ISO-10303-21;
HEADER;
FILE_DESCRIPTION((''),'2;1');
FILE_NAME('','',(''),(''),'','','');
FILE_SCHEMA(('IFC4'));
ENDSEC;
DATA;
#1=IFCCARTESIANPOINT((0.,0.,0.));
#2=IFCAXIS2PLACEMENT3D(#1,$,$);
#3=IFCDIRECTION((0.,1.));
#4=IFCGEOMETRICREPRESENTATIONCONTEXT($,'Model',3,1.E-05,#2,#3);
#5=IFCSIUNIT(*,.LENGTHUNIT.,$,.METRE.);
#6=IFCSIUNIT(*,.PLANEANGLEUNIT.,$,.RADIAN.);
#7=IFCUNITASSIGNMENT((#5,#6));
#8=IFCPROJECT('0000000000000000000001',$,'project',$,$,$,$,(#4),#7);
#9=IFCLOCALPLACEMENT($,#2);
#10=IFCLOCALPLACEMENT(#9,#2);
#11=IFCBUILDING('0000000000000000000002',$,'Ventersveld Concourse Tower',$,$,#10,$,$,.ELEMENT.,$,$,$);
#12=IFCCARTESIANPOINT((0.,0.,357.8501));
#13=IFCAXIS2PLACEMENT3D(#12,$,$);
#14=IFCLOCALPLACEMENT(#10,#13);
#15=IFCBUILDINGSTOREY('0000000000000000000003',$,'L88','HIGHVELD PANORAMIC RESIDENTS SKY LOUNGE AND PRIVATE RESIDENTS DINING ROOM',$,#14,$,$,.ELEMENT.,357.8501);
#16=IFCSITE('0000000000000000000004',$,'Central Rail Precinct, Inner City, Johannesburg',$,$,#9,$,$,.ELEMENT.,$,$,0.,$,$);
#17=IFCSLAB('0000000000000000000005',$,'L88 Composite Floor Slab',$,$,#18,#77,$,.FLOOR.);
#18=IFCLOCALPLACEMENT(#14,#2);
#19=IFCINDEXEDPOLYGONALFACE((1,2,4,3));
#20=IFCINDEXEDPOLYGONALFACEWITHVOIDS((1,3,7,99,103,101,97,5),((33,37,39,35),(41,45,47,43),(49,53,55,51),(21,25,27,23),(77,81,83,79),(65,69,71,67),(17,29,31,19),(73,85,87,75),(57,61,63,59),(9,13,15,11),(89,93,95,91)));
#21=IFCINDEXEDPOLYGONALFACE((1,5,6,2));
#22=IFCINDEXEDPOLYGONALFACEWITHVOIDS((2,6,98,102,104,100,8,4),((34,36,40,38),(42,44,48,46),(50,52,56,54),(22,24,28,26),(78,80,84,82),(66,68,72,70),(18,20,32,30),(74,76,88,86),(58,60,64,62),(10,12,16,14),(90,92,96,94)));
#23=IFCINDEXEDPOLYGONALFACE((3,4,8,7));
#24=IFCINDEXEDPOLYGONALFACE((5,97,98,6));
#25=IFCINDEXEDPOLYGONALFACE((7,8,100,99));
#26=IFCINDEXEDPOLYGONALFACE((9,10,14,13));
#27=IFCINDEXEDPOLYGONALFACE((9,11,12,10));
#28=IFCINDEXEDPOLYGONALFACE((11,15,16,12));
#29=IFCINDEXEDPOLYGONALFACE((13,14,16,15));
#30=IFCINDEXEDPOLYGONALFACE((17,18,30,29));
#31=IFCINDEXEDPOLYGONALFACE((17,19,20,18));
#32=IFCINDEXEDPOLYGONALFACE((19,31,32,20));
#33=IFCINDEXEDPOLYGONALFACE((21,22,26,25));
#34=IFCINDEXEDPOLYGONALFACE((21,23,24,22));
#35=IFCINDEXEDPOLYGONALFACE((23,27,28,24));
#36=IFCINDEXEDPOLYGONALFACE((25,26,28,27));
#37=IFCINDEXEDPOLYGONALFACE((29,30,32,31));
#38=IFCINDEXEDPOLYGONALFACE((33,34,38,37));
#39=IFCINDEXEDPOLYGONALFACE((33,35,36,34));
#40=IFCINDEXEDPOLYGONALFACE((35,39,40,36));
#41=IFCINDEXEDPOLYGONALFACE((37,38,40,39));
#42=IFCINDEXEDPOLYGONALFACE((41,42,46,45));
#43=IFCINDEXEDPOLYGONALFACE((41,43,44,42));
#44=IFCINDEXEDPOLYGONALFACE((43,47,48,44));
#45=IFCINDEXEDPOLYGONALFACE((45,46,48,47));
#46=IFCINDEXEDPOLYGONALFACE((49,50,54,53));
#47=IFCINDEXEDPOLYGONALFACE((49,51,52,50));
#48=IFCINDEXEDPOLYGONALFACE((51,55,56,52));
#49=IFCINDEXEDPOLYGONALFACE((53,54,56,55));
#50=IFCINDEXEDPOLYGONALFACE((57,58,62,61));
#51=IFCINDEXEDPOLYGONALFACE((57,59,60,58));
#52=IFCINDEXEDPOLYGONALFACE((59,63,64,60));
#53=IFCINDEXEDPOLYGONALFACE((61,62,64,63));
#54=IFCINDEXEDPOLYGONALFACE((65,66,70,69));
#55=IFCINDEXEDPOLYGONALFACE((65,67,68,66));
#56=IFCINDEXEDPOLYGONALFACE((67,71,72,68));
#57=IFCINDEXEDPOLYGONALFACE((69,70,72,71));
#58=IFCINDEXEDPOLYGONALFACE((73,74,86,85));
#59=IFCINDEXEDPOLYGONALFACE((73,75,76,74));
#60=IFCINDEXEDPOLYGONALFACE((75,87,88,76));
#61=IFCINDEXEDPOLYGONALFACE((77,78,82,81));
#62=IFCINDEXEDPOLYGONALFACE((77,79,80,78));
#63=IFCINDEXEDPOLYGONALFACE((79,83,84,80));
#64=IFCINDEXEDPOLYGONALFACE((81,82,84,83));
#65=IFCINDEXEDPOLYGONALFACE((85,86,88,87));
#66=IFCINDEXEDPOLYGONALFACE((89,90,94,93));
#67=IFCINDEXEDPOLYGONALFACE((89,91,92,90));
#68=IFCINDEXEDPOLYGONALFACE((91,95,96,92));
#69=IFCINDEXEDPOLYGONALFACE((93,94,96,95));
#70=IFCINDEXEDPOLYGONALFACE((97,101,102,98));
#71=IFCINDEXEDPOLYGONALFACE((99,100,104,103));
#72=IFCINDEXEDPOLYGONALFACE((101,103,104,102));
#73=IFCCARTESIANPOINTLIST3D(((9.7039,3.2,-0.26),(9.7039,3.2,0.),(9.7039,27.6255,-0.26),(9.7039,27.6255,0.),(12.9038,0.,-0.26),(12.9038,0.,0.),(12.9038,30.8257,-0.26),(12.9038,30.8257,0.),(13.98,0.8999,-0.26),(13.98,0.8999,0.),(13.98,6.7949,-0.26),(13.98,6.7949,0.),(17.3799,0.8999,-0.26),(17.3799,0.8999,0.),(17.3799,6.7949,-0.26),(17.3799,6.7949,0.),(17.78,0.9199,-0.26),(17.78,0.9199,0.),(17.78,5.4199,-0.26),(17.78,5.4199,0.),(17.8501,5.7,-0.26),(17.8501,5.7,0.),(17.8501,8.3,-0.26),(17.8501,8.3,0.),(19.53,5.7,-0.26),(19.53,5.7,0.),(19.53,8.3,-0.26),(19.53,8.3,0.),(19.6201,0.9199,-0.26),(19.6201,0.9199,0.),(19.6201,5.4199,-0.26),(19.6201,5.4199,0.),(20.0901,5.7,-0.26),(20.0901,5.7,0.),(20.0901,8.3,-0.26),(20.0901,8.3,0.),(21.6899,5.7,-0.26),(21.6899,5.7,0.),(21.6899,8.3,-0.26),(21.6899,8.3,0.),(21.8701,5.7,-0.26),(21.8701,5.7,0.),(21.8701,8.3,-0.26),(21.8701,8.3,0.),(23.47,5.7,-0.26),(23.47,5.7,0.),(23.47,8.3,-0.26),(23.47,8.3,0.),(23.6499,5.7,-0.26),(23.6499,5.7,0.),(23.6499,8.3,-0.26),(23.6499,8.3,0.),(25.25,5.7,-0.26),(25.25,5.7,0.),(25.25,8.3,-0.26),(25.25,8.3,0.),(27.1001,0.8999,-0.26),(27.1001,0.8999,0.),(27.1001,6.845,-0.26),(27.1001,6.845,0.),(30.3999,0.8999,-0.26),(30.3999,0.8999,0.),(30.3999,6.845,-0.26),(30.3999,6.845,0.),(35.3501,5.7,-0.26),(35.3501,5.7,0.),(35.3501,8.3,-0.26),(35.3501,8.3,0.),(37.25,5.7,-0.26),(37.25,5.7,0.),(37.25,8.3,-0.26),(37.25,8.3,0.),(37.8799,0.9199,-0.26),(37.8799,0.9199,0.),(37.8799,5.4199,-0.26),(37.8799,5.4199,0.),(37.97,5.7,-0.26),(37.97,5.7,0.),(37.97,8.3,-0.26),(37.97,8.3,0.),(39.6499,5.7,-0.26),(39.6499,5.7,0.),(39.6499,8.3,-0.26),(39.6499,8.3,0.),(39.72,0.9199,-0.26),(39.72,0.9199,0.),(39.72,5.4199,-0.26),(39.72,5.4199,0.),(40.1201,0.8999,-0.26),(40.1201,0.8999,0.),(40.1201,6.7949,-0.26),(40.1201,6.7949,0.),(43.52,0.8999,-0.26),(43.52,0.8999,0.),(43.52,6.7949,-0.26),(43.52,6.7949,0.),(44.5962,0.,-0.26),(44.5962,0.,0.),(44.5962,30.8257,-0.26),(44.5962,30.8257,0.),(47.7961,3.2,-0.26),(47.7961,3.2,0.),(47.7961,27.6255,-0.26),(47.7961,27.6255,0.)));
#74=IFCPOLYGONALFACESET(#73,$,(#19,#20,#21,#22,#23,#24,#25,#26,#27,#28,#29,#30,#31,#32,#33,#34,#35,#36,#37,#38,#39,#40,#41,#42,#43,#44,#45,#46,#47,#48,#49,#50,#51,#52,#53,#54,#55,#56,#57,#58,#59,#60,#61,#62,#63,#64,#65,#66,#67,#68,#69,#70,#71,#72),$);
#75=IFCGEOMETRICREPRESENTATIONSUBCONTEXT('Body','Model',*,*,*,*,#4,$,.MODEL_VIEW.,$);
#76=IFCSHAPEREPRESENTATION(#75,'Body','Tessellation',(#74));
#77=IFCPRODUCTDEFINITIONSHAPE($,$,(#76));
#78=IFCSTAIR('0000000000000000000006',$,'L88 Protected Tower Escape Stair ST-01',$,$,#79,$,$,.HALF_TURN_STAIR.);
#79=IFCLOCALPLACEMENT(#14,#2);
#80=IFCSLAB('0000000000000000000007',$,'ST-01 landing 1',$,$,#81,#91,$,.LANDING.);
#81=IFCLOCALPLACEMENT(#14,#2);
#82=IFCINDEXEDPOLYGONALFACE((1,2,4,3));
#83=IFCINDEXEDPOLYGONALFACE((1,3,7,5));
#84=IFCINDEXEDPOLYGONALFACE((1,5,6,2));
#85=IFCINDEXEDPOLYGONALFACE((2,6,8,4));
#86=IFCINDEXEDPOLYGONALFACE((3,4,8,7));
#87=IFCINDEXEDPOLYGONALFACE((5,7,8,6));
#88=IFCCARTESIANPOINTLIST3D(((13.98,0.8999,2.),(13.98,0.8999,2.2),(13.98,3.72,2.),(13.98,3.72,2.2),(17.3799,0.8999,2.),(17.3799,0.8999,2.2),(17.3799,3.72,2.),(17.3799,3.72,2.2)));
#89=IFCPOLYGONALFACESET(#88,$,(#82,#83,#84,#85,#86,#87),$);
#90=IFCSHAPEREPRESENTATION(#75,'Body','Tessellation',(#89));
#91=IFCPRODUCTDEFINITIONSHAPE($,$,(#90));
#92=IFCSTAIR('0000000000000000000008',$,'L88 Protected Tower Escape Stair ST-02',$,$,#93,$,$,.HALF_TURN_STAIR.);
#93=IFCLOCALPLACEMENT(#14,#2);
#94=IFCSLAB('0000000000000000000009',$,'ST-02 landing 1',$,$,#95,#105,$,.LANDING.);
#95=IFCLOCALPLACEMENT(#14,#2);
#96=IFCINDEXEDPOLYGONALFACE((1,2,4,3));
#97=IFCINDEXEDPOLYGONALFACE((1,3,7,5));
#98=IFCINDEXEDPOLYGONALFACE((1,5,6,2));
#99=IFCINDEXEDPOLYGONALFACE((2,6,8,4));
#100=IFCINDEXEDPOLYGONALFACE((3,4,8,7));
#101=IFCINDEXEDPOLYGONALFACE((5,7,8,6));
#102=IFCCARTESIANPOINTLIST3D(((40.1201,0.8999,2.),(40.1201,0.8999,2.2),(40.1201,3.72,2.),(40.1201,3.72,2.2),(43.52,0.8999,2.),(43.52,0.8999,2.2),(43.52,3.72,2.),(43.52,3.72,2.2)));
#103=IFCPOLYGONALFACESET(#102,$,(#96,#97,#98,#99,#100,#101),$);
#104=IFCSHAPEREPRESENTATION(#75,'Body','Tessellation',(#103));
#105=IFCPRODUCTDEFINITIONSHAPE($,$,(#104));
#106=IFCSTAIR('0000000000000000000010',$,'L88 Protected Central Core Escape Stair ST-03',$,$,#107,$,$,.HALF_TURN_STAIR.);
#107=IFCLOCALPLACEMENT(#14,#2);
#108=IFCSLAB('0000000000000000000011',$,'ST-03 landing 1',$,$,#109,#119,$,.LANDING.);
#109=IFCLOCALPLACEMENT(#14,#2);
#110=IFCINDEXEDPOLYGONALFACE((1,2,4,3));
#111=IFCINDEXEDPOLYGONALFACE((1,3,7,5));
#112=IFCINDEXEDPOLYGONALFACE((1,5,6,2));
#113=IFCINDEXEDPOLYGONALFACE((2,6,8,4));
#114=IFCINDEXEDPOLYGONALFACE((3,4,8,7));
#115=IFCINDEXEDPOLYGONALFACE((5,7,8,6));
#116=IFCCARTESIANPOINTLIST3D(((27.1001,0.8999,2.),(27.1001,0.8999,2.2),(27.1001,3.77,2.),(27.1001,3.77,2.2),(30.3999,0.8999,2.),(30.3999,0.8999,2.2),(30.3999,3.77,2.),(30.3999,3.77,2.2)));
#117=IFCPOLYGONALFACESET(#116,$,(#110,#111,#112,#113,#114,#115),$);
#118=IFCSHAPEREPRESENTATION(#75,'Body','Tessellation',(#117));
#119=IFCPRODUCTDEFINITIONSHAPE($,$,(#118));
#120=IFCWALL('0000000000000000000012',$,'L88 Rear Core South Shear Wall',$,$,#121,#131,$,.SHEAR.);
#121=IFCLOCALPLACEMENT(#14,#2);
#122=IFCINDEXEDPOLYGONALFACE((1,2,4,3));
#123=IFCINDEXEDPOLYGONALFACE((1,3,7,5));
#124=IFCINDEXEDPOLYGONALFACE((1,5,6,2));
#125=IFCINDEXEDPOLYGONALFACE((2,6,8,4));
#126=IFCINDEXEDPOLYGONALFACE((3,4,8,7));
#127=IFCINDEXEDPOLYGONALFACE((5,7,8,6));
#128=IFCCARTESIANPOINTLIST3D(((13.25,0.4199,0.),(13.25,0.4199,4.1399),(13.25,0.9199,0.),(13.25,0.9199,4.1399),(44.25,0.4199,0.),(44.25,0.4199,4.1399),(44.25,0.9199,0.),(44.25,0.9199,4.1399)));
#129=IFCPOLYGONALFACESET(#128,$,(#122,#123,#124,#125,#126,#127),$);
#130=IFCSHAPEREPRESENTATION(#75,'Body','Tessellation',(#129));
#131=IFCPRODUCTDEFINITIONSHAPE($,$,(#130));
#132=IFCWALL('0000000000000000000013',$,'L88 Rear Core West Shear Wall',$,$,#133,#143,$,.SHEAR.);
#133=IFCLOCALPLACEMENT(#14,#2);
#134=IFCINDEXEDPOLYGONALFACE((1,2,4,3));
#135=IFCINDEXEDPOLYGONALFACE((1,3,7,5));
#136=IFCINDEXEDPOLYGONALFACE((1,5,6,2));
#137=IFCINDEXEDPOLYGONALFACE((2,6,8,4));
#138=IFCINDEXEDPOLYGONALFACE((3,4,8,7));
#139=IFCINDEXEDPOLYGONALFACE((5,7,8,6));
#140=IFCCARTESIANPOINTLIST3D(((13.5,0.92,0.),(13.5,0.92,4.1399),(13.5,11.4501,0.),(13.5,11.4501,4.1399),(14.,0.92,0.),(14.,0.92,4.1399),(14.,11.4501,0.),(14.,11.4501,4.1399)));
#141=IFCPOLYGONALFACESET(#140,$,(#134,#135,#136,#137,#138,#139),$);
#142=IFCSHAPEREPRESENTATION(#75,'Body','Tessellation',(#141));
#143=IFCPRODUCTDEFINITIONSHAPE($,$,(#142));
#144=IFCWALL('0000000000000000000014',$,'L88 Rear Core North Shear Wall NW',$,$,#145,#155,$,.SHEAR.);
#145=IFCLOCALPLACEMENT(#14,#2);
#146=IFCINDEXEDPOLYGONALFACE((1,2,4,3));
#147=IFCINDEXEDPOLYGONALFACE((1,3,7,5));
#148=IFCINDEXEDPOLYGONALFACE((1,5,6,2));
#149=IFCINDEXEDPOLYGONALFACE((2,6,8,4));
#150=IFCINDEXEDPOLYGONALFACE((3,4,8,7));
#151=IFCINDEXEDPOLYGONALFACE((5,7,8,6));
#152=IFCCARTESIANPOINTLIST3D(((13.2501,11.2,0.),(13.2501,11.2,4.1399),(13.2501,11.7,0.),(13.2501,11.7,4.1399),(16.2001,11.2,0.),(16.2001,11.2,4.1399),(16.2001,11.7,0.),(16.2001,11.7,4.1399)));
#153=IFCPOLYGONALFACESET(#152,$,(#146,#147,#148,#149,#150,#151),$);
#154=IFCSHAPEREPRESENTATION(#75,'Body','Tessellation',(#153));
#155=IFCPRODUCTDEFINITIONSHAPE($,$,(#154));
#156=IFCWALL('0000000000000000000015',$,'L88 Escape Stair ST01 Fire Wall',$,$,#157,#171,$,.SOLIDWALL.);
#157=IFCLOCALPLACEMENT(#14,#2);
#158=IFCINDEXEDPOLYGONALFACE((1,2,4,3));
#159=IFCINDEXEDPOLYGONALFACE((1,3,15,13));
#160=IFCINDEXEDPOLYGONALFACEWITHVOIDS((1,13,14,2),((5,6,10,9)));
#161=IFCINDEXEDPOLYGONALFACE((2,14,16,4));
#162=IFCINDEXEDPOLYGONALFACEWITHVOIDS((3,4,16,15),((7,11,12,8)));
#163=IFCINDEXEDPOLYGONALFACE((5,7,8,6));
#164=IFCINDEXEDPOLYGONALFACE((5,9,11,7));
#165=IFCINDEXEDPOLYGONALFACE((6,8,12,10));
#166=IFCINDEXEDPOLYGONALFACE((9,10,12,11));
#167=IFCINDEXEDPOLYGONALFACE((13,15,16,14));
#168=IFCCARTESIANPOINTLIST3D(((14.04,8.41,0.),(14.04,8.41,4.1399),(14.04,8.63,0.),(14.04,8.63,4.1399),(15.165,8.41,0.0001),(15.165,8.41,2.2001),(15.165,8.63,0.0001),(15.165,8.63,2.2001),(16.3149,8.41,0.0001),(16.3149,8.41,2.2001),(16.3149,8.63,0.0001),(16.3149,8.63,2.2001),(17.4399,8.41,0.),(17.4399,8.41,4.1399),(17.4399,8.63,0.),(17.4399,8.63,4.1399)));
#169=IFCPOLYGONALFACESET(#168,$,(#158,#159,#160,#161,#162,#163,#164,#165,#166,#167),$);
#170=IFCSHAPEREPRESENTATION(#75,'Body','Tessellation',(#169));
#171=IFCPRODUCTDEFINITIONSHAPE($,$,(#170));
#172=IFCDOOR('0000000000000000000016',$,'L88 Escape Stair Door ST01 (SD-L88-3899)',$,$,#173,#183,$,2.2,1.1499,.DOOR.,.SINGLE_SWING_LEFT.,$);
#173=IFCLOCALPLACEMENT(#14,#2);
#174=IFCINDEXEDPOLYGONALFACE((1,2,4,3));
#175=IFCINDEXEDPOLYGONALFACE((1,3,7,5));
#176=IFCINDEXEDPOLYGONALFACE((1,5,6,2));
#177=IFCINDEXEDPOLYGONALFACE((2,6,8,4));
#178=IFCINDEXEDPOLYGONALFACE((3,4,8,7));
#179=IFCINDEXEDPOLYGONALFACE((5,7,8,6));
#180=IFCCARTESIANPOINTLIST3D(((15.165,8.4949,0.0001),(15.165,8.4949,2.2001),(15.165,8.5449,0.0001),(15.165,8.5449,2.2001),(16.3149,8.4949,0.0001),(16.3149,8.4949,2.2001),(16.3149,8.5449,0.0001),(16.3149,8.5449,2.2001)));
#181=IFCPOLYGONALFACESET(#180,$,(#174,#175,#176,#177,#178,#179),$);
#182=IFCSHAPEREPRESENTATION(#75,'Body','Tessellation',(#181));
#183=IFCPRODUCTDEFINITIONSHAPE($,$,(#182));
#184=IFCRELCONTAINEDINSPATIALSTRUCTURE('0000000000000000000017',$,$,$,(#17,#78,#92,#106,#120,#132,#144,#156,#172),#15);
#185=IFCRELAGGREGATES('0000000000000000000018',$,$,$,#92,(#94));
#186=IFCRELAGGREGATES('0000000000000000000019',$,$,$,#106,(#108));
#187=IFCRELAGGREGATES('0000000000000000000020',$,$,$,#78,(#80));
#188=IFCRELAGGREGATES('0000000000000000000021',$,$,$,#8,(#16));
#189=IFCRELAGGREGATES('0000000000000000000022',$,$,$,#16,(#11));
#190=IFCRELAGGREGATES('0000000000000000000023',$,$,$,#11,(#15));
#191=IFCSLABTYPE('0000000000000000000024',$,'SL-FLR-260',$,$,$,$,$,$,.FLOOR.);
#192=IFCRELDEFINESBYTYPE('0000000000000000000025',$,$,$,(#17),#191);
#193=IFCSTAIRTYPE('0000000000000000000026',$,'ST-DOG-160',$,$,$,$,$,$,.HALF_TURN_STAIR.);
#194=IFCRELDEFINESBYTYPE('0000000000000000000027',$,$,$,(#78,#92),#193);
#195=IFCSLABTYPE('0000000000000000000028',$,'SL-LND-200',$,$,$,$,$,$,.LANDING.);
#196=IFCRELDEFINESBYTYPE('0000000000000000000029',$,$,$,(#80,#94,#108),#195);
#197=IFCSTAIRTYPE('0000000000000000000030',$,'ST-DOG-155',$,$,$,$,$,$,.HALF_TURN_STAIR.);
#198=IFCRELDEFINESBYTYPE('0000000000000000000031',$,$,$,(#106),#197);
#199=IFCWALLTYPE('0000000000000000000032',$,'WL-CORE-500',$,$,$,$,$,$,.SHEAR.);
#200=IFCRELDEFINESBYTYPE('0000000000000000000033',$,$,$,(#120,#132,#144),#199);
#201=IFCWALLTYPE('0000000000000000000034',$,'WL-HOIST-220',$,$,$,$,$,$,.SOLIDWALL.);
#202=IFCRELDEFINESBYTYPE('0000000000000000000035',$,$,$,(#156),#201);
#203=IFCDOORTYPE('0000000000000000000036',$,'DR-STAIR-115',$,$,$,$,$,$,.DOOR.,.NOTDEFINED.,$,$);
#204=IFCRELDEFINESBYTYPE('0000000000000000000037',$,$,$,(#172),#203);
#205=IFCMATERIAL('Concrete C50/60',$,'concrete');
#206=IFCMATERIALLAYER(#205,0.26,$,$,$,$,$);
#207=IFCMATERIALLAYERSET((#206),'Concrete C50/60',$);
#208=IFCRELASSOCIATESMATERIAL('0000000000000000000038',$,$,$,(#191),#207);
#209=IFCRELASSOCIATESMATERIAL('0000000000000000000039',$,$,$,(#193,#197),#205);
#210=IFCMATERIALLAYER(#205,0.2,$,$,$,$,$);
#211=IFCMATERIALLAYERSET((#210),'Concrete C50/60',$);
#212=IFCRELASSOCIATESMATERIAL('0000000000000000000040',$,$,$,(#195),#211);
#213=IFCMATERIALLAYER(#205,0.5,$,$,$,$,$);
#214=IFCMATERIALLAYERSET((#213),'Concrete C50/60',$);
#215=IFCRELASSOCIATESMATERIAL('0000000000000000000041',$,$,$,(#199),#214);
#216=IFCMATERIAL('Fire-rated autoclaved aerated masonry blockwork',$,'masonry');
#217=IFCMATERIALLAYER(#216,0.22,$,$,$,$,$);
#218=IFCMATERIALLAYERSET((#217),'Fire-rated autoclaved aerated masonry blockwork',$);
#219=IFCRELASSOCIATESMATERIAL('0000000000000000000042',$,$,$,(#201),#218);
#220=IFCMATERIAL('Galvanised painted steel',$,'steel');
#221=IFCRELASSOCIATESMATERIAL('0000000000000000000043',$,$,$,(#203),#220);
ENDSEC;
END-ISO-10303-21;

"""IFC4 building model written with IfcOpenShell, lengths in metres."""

from ifc_helpers import new_model, si_unit, direction, frame, frame_2d, origin, place, context, subcontext, project, spatial, polyline, rectangle, outline, extrude, material, layer, layer_set, type_object, element, fill, aggregate, save


model = new_model("IFC4")

# Units and contexts
model_context = context("Model", 3, precision=1e-05, world=origin(), true_north=direction((0.0, 1.0)))
body_context = subcontext(model_context, "Body", "Model", "MODEL_VIEW")
ifc_project = project(units=[si_unit("LENGTHUNIT", "METRE"), si_unit("PLANEANGLEUNIT", "RADIAN")], contexts=[model_context])

# Site, building, storey
site_placement = place(None, origin())
site = spatial("IfcSite", under=ifc_project, at=site_placement, Name="Central Rail Precinct, Inner City, Johannesburg", CompositionType="ELEMENT", RefElevation=0.0)
building_placement = place(site_placement, origin())
building = spatial("IfcBuilding", under=site, at=building_placement, Name="Ventersveld Concourse Tower", CompositionType="ELEMENT")
storey_placement = place(building_placement, frame((0.0, 0.0, 357.8501)))
storey = spatial("IfcBuildingStorey", under=building, at=storey_placement, Name="L88", Description="HIGHVELD PANORAMIC RESIDENTS SKY LOUNGE AND PRIVATE RESIDENTS DINING ROOM", CompositionType="ELEMENT", Elevation=357.8501)

# Shared definitions
ifc_material_1 = material(Name="Concrete C50/60", Category="concrete")

# Slab
ifc_layer_1 = layer(ifc_material_1, 0.26)
ifc_layer_set_1 = layer_set([ifc_layer_1], Name="Concrete C50/60")
slab_type_1 = type_object("IfcSlabType", Name="SL-FLR-260", PredefinedType="FLOOR", material=ifc_layer_set_1)
slab_1_placement = place(storey_placement, frame((0.0, 0.0, -0.26)))
element("IfcSlab", 1, at=slab_1_placement, inside=storey, type_object=slab_type_1, Name="L88 Composite Floor Slab", PredefinedType="FLOOR", context=body_context, shape_type="SweptSolid", body=[
    extrude(outline(polyline([(12.9038, 0.0), (44.5962, 0.0), (47.7961, 3.2), (47.7961, 27.6255), (44.5962, 30.8257), (12.9038, 30.8257), (9.7039, 27.6255), (9.7039, 3.2), (12.9038, 0.0)]), holes=[polyline([(13.98, 6.7949), (13.98, 0.8999), (17.3799, 0.8999), (17.3799, 6.7949), (13.98, 6.7949)]), polyline([(40.1201, 6.7949), (40.1201, 0.8999), (43.52, 0.8999), (43.52, 6.7949), (40.1201, 6.7949)]), polyline([(27.1001, 6.845), (27.1001, 0.8999), (30.3999, 0.8999), (30.3999, 6.845), (27.1001, 6.845)]), polyline([(17.8501, 5.7), (19.53, 5.7), (19.53, 8.3), (17.8501, 8.3), (17.8501, 5.7)]), polyline([(37.97, 5.7), (39.6499, 5.7), (39.6499, 8.3), (37.97, 8.3), (37.97, 5.7)]), polyline([(35.3501, 5.7), (37.25, 5.7), (37.25, 8.3), (35.3501, 8.3), (35.3501, 5.7)]), polyline([(20.0901, 5.7), (21.6899, 5.7), (21.6899, 8.3), (20.0901, 8.3), (20.0901, 5.7)]), polyline([(21.8701, 5.7), (23.47, 5.7), (23.47, 8.3), (21.8701, 8.3), (21.8701, 5.7)]), polyline([(23.6499, 5.7), (25.25, 5.7), (25.25, 8.3), (23.6499, 8.3), (23.6499, 5.7)]), polyline([(17.78, 0.9199), (19.6201, 0.9199), (19.6201, 5.4199), (17.78, 5.4199), (17.78, 0.9199)]), polyline([(37.8799, 0.9199), (39.72, 0.9199), (39.72, 5.4199), (37.8799, 5.4199), (37.8799, 0.9199)])]), origin(), (0.0, 0.0, 1.0), 0.26),
])

# Stairs, slabs
stair_type_1 = type_object("IfcStairType", Name="ST-DOG-160", PredefinedType="HALF_TURN_STAIR", material=ifc_material_1)
stair_1_placement = place(storey_placement, origin())
stair_1 = element("IfcStair", 2, at=stair_1_placement, inside=storey, type_object=stair_type_1, Name="L88 Protected Tower Escape Stair ST-01", PredefinedType="HALF_TURN_STAIR")
ifc_layer_2 = layer(ifc_material_1, 0.2)
ifc_layer_set_2 = layer_set([ifc_layer_2], Name="Concrete C50/60")
slab_type_2 = type_object("IfcSlabType", Name="SL-LND-200", PredefinedType="LANDING", material=ifc_layer_set_2)
slab_2_placement = place(storey_placement, frame((0.0, 0.0, 2.0)))
slab_2 = element("IfcSlab", 3, at=slab_2_placement, type_object=slab_type_2, Name="ST-01 landing 1", PredefinedType="LANDING", context=body_context, shape_type="SweptSolid", body=[
    extrude(outline(polyline([(13.98, 3.72), (13.98, 0.8999), (17.3799, 0.8999), (17.3799, 3.72), (13.98, 3.72)])), origin(), (0.0, 0.0, 1.0), 0.2),
])
stair_2_placement = place(storey_placement, origin())
stair_2 = element("IfcStair", 4, at=stair_2_placement, inside=storey, type_object=stair_type_1, Name="L88 Protected Tower Escape Stair ST-02", PredefinedType="HALF_TURN_STAIR")
slab_3_placement = place(storey_placement, frame((0.0, 0.0, 2.0)))
slab_3 = element("IfcSlab", 5, at=slab_3_placement, type_object=slab_type_2, Name="ST-02 landing 1", PredefinedType="LANDING", context=body_context, shape_type="SweptSolid", body=[
    extrude(outline(polyline([(40.1201, 3.72), (40.1201, 0.8999), (43.52, 0.8999), (43.52, 3.72), (40.1201, 3.72)])), origin(), (0.0, 0.0, 1.0), 0.2),
])
aggregate(stair_2, [slab_3])
stair_type_2 = type_object("IfcStairType", Name="ST-DOG-155", PredefinedType="HALF_TURN_STAIR", material=ifc_material_1)
stair_3_placement = place(storey_placement, origin())
stair_3 = element("IfcStair", 6, at=stair_3_placement, inside=storey, type_object=stair_type_2, Name="L88 Protected Central Core Escape Stair ST-03", PredefinedType="HALF_TURN_STAIR")
slab_4_placement = place(storey_placement, frame((0.0, 0.0, 2.0)))
slab_4 = element("IfcSlab", 7, at=slab_4_placement, type_object=slab_type_2, Name="ST-03 landing 1", PredefinedType="LANDING", context=body_context, shape_type="SweptSolid", body=[
    extrude(outline(polyline([(27.1001, 3.77), (27.1001, 0.8999), (30.3999, 0.8999), (30.3999, 3.77), (27.1001, 3.77)])), origin(), (0.0, 0.0, 1.0), 0.2),
])
aggregate(stair_3, [slab_4])

# Walls
ifc_layer_3 = layer(ifc_material_1, 0.5)
ifc_layer_set_3 = layer_set([ifc_layer_3], Name="Concrete C50/60")
wall_type_1 = type_object("IfcWallType", Name="WL-CORE-500", PredefinedType="SHEAR", material=ifc_layer_set_3)
wall_1_placement = place(storey_placement, frame((13.25, 0.6699, 0.0), z_axis=(0.0, 0.0, 1.0), x_axis=(1.0, 0.0, 0.0)))
element("IfcWall", 8, at=wall_1_placement, inside=storey, type_object=wall_type_1, Name="L88 Rear Core South Shear Wall", PredefinedType="SHEAR", context=body_context, shape_type="SweptSolid", body=[
    extrude(rectangle(XDim=31.0, YDim=0.5, at=frame_2d((15.5, 0.0))), origin(), (0.0, 0.0, 1.0), 4.1399),
])
wall_2_placement = place(storey_placement, frame((13.75, 0.9199, 0.0), z_axis=(0.0, 0.0, 1.0), x_axis=(0.0, 1.0, 0.0)))
element("IfcWall", 9, at=wall_2_placement, inside=storey, type_object=wall_type_1, Name="L88 Rear Core West Shear Wall", PredefinedType="SHEAR", context=body_context, shape_type="SweptSolid", body=[
    extrude(rectangle(XDim=10.53, YDim=0.5, at=frame_2d((5.2651, 0.0))), origin(), (0.0, 0.0, 1.0), 4.1399),
])
wall_3_placement = place(storey_placement, frame((13.25, 11.45, 0.0), z_axis=(0.0, 0.0, 1.0), x_axis=(1.0, 0.0, 0.0)))
element("IfcWall", 10, at=wall_3_placement, inside=storey, type_object=wall_type_1, Name="L88 Rear Core North Shear Wall NW", PredefinedType="SHEAR", context=body_context, shape_type="SweptSolid", body=[
    extrude(rectangle(XDim=2.95, YDim=0.5, at=frame_2d((1.4751, 0.0))), origin(), (0.0, 0.0, 1.0), 4.1399),
])

# Wall, opening, door
ifc_material_2 = material(Name="Fire-rated autoclaved aerated masonry blockwork", Category="masonry")
ifc_layer_4 = layer(ifc_material_2, 0.22)
ifc_layer_set_4 = layer_set([ifc_layer_4], Name="Fire-rated autoclaved aerated masonry blockwork")
wall_type_2 = type_object("IfcWallType", Name="WL-HOIST-220", PredefinedType="SOLIDWALL", material=ifc_layer_set_4)
wall_4_placement = place(storey_placement, frame((14.04, 8.52, 0.0), z_axis=(0.0, 0.0, 1.0), x_axis=(1.0, 0.0, 0.0)))
wall_4 = element("IfcWall", 11, at=wall_4_placement, inside=storey, type_object=wall_type_2, Name="L88 Escape Stair ST01 Fire Wall", PredefinedType="SOLIDWALL", context=body_context, shape_type="SweptSolid", body=[
    extrude(rectangle(XDim=3.3999, YDim=0.22, at=frame_2d((1.7, 0.0))), origin(), (0.0, 0.0, 1.0), 4.1399),
])
opening_placement = place(wall_4_placement, frame((1.125, 0.0, 0.0)))
opening = element("IfcOpeningElement", 12, at=opening_placement, cuts=wall_4, PredefinedType="OPENING", context=body_context, shape_type="SweptSolid", body=[
    extrude(rectangle(XDim=1.1499, YDim=2.2, at=frame_2d((0.575, 1.1001))), frame((0.0, 0.1201, 0.0), z_axis=(0.0, -1.0, 0.0), x_axis=(1.0, 0.0, 0.0)), (0.0, 0.0, 1.0), 0.24),
])
ifc_material_3 = material(Name="Galvanised painted steel", Category="steel")
door_type = type_object("IfcDoorType", Name="DR-STAIR-115", OperationType="NOTDEFINED", PredefinedType="DOOR", material=ifc_material_3)
door_placement = place(opening_placement, origin())
door = element("IfcDoor", 13, at=door_placement, inside=storey, type_object=door_type, Name="L88 Escape Stair Door ST01 (SD-L88-3899)", OperationType="SINGLE_SWING_LEFT", OverallHeight=2.2, OverallWidth=1.1499, PredefinedType="DOOR", context=body_context, shape_type="SweptSolid", body=[
    extrude(rectangle(XDim=1.1499, YDim=2.2, at=frame_2d((0.575, 1.1001))), frame((0.0, 0.0249, 0.0), z_axis=(0.0, -1.0, 0.0), x_axis=(1.0, 0.0, 0.0)), (0.0, 0.0, 1.0), 0.05),
])
fill(opening, door)

aggregate(stair_1, [slab_2])

save(model, "model.ifc")
